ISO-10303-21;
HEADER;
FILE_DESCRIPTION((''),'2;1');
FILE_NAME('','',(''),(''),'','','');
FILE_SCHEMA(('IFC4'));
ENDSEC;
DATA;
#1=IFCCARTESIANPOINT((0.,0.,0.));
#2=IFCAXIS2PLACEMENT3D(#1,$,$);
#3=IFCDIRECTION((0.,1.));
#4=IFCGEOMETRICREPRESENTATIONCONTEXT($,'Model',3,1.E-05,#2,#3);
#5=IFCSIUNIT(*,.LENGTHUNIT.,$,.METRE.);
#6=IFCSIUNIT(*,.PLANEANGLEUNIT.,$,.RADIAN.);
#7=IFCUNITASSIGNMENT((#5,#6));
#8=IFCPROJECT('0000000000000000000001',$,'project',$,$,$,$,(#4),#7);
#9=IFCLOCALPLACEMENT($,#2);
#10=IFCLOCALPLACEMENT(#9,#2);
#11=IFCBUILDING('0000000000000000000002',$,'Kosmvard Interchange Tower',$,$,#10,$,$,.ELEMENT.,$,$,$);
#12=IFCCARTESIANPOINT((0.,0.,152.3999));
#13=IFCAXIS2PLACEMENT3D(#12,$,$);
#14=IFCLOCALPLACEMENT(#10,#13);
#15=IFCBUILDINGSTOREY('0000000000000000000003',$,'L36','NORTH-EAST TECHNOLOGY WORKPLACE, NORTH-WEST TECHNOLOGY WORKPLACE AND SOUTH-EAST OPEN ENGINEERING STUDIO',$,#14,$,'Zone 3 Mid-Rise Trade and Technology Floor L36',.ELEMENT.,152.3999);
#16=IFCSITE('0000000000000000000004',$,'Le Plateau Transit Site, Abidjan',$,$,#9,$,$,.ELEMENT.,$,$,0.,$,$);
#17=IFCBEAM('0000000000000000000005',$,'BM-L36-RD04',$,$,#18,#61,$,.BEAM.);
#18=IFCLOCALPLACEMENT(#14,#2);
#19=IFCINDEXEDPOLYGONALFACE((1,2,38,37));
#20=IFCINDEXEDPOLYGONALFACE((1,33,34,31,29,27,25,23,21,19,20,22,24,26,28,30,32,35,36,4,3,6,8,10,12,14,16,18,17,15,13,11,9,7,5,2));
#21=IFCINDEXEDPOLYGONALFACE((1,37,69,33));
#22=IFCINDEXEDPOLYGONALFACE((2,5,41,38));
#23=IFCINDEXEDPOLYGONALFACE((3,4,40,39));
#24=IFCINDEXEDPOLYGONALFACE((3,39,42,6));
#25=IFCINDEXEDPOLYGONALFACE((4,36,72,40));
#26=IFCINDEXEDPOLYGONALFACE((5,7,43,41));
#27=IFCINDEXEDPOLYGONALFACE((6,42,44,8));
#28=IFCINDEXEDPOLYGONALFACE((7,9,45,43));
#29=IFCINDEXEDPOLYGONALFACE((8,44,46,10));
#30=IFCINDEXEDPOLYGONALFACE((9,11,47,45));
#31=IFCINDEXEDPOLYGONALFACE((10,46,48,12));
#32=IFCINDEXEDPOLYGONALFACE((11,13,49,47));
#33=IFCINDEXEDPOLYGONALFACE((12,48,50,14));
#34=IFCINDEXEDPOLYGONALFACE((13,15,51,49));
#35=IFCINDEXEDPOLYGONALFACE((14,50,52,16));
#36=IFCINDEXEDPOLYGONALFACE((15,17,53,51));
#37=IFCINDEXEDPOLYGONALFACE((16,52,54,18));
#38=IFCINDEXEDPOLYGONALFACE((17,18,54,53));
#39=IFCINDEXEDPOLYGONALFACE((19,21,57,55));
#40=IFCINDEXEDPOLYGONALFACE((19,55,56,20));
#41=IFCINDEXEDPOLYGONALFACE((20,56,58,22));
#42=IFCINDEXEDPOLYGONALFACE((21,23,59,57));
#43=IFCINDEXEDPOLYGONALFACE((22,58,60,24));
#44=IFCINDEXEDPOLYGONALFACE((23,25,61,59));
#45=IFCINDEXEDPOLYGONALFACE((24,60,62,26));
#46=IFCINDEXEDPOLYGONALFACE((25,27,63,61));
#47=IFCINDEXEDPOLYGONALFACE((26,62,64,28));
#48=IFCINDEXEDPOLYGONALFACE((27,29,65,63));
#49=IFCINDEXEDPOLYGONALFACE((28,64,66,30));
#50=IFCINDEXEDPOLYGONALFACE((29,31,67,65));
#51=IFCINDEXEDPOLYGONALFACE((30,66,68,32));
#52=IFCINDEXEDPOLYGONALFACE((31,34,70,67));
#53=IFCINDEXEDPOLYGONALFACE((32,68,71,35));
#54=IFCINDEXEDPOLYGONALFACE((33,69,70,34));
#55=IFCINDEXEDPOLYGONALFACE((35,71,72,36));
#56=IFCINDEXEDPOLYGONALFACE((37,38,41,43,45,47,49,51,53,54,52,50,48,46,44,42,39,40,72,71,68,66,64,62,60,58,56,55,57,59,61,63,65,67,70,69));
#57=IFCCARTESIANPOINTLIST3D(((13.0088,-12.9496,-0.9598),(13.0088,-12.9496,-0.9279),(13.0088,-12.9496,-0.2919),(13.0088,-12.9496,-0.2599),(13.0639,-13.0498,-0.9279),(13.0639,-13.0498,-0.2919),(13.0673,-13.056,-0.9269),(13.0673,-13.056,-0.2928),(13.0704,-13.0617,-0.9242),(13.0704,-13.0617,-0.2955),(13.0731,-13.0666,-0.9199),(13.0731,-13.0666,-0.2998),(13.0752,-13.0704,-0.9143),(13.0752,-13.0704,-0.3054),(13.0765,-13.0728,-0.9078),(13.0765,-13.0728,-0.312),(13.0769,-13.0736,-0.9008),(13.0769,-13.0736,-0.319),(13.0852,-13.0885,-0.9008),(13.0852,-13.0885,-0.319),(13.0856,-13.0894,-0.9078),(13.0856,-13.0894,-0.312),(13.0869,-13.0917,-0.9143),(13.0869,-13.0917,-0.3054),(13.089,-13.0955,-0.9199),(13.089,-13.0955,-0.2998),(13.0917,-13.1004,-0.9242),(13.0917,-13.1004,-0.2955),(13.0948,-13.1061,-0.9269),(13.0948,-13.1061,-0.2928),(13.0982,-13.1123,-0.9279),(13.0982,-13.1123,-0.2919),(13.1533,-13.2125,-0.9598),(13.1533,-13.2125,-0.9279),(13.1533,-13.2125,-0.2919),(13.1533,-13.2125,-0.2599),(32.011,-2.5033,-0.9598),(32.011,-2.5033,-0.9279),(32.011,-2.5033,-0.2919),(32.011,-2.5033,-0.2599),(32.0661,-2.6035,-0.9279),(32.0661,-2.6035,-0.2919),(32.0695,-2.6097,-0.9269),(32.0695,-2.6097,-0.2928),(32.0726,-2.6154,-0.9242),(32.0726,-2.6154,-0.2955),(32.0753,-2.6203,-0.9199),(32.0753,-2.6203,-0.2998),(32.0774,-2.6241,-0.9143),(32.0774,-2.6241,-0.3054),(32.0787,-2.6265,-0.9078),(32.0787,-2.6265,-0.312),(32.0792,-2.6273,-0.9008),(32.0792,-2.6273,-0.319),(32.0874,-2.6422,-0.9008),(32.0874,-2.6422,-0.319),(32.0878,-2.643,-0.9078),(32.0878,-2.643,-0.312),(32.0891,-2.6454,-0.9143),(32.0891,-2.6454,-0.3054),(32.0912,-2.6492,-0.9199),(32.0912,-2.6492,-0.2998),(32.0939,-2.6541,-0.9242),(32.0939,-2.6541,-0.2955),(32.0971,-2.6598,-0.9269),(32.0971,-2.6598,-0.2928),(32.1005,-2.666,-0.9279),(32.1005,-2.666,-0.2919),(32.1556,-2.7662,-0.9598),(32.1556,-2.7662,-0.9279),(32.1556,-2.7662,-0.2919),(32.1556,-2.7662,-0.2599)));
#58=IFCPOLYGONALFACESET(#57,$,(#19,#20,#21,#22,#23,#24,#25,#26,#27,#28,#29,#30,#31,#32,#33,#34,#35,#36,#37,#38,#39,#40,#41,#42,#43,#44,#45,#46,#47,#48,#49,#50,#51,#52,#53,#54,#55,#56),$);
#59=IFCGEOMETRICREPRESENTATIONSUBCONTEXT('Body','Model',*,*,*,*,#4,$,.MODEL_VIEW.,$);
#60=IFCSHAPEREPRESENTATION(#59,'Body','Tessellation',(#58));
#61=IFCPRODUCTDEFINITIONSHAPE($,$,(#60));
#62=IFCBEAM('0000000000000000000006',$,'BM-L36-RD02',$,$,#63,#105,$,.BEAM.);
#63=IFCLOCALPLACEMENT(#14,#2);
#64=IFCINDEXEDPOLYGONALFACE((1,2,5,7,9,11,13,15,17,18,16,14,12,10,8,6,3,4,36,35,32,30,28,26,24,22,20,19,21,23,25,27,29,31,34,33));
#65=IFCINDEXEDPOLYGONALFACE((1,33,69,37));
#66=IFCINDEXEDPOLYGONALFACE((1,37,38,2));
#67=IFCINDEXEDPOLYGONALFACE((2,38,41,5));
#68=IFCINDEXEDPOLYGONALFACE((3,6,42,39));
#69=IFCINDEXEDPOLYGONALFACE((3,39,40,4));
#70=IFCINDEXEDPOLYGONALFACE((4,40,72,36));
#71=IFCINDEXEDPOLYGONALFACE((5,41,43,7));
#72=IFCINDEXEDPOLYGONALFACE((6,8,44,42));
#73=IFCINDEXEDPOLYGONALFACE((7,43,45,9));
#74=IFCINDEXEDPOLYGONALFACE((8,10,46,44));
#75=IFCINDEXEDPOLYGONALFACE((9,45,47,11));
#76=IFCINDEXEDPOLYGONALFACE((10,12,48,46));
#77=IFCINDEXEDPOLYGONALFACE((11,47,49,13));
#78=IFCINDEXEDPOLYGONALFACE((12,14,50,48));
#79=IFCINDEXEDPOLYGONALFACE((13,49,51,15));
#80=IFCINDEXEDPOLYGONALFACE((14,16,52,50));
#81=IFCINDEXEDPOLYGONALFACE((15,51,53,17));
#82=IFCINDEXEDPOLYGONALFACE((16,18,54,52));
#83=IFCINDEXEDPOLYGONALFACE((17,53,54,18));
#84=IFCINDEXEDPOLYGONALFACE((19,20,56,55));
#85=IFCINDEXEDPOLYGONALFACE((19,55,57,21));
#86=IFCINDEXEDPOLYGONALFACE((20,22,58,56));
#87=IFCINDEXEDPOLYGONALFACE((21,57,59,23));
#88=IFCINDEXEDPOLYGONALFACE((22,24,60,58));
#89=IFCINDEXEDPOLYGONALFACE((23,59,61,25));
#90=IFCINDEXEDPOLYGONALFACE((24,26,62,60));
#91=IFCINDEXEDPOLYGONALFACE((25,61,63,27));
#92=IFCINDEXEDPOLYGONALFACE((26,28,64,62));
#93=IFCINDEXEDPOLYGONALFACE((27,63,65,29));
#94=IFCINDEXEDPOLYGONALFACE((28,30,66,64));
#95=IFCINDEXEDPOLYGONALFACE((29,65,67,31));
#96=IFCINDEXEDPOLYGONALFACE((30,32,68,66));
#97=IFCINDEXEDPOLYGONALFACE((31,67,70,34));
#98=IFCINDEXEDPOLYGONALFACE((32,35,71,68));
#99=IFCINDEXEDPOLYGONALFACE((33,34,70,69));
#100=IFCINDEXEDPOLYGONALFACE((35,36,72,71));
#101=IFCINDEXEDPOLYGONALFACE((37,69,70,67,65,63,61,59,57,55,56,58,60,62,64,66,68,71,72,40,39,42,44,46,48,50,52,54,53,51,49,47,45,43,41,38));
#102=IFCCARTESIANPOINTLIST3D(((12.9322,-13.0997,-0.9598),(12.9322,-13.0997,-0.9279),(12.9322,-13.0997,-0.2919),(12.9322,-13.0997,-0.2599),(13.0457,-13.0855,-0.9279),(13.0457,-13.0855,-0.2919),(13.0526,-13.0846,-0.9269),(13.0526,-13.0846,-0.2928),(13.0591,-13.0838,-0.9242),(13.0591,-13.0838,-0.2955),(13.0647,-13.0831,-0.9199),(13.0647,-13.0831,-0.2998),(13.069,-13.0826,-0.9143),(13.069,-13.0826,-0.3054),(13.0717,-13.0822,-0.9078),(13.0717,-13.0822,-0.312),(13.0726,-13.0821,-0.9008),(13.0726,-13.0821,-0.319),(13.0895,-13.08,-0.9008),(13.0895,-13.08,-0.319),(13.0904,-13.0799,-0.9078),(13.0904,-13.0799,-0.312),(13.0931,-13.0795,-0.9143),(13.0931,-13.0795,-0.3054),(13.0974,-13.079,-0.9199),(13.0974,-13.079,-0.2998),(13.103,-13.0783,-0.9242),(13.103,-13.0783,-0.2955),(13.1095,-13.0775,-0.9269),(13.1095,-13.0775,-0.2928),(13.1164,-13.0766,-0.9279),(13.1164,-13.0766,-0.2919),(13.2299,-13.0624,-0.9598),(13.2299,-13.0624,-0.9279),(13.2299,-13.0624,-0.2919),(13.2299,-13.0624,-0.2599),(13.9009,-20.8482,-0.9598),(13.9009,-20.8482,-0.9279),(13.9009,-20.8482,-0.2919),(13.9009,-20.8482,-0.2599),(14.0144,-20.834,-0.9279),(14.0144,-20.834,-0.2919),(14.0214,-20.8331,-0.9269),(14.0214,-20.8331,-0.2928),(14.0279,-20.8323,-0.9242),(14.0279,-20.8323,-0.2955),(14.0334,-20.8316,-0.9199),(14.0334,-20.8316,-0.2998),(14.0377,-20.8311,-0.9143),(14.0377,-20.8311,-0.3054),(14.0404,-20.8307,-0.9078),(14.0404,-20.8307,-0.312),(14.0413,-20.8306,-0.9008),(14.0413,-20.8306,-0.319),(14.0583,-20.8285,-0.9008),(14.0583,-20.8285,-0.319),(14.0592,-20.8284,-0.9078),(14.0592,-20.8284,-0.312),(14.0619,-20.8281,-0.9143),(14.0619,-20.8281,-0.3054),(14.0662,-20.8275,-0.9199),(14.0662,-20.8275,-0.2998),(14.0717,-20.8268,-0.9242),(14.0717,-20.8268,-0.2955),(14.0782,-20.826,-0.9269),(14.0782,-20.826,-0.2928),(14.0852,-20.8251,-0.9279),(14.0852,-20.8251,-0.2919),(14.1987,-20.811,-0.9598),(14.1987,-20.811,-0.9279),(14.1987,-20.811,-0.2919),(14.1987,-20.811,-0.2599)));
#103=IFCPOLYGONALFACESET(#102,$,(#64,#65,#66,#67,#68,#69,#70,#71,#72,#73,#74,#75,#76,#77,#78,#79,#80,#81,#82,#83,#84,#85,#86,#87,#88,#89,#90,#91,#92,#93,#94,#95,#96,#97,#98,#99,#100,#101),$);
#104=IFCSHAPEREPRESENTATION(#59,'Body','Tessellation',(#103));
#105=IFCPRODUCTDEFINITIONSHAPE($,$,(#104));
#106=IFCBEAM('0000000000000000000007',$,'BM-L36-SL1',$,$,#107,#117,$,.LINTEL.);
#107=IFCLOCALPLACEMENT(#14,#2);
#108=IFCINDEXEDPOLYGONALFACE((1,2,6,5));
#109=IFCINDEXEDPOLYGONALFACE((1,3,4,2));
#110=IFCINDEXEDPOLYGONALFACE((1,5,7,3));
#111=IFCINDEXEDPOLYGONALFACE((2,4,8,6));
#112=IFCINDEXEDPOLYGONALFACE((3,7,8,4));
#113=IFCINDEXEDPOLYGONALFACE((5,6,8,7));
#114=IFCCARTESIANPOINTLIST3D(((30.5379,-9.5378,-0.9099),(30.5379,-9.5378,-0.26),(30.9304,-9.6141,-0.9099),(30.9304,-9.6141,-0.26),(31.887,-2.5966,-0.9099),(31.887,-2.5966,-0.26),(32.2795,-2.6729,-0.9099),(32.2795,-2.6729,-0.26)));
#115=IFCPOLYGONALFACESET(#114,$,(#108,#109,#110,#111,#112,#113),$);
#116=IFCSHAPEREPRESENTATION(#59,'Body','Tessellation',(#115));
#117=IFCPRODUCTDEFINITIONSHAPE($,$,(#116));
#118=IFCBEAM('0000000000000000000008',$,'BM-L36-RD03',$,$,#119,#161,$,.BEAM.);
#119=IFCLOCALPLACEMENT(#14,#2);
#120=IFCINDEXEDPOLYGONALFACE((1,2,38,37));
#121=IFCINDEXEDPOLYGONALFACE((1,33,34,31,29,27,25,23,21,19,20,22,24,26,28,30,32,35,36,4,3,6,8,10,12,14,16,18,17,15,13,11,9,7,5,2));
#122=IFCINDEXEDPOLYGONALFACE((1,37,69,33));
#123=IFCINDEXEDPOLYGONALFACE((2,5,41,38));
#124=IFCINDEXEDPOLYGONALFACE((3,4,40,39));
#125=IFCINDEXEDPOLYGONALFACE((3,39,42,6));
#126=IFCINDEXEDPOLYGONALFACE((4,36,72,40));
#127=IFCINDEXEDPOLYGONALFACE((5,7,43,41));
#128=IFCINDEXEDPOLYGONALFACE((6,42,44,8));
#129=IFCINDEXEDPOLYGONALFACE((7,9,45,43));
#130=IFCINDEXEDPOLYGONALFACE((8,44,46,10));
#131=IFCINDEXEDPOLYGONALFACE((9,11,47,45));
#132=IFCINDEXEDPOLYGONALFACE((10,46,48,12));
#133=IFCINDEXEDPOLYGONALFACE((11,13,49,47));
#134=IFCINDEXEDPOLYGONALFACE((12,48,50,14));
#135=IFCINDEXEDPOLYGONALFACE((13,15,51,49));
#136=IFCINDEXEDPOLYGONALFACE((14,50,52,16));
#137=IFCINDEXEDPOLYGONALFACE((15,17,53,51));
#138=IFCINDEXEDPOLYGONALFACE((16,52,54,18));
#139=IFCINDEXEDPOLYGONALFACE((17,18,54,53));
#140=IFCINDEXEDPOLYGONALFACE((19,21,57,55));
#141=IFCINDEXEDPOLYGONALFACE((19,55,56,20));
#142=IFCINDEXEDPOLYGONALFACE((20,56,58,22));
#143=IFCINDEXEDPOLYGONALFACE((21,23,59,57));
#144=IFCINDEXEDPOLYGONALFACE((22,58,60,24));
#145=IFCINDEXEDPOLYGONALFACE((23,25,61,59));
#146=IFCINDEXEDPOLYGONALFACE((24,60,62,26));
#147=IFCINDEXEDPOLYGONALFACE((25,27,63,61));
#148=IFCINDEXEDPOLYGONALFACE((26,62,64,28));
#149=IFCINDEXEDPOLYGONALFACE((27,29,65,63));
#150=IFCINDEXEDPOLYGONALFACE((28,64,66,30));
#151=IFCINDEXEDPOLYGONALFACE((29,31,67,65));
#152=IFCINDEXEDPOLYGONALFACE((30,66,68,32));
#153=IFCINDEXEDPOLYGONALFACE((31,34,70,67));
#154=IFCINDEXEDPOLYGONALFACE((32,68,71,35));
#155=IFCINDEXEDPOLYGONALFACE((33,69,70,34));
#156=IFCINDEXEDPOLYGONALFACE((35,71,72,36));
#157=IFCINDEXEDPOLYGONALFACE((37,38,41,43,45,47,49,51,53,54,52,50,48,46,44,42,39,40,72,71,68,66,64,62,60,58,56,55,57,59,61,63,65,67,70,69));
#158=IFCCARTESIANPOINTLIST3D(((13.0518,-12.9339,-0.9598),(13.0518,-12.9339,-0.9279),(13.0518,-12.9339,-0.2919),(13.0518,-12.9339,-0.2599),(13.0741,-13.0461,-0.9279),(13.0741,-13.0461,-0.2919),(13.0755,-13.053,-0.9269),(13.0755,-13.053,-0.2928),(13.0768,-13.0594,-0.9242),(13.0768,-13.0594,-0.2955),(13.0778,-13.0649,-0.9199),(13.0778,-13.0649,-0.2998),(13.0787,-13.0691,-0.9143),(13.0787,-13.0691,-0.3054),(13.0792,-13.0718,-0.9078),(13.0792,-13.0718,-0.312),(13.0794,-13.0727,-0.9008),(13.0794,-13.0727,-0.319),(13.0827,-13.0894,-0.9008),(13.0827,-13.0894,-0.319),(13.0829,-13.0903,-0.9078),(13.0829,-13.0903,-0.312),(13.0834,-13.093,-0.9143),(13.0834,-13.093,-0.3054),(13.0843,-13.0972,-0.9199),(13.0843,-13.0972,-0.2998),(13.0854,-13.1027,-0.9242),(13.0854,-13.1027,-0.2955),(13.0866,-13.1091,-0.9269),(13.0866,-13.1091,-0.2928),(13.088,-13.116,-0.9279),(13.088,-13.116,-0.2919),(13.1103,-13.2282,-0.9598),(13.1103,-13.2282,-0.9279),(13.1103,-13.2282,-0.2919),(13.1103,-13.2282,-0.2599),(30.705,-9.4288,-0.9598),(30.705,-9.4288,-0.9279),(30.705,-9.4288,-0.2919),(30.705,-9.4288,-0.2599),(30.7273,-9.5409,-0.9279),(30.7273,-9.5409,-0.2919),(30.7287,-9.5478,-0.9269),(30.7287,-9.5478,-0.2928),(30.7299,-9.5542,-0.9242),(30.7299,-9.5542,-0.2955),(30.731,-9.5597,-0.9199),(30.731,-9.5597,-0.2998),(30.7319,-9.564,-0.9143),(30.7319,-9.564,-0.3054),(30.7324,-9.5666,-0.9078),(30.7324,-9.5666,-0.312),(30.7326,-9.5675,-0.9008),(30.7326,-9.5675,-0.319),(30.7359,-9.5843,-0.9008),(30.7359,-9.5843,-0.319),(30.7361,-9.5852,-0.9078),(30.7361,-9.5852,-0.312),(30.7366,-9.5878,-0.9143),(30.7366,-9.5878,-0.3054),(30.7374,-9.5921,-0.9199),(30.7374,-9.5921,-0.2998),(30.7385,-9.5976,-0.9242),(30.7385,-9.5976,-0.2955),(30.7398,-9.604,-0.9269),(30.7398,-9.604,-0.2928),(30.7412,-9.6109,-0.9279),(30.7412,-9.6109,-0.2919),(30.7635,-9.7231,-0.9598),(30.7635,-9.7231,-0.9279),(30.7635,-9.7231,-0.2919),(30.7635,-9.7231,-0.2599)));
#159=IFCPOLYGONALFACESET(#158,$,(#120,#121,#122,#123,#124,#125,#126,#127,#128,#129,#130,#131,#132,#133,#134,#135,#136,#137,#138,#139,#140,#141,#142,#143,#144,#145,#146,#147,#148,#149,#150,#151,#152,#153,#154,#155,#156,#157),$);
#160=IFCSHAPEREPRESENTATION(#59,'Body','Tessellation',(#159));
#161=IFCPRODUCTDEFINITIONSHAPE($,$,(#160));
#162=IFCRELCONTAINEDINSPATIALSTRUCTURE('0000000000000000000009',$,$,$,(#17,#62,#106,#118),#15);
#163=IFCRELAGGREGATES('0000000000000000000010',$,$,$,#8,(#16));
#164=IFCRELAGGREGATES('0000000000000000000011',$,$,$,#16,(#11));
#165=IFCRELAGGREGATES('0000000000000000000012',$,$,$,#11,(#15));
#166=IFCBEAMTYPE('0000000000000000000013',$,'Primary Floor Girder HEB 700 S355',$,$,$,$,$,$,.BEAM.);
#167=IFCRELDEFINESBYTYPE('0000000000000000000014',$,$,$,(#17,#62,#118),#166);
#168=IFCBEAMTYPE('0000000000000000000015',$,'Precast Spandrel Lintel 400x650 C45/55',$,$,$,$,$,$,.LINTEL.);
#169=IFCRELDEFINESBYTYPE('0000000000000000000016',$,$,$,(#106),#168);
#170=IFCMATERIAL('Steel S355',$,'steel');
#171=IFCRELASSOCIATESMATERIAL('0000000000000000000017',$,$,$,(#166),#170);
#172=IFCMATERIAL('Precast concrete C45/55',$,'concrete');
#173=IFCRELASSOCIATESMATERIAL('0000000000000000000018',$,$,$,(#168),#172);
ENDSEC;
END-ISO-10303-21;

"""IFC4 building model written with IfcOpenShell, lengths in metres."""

from ifc_helpers import new_model, si_unit, direction, frame, origin, origin_2d, place, context, subcontext, project, spatial, rectangle, i_section, extrude, source, transform, mapped, material, material_profile, profile_set, type_object, element, save


model = new_model("IFC4")

# Units and contexts
model_context = context("Model", 3, precision=1e-05, world=origin(), true_north=direction((0.0, 1.0)))
body_context = subcontext(model_context, "Body", "Model", "MODEL_VIEW")
ifc_project = project(units=[si_unit("LENGTHUNIT", "METRE"), si_unit("PLANEANGLEUNIT", "RADIAN")], contexts=[model_context])

# Site, building, storey
site_placement = place(None, origin())
site = spatial("IfcSite", under=ifc_project, at=site_placement, Name="Le Plateau Transit Site, Abidjan", CompositionType="ELEMENT", RefElevation=0.0)
building_placement = place(site_placement, origin())
building = spatial("IfcBuilding", under=site, at=building_placement, Name="Kosmvard Interchange Tower", CompositionType="ELEMENT")
storey_placement = place(building_placement, frame((0.0, 0.0, 152.3999)))
storey = spatial("IfcBuildingStorey", under=building, at=storey_placement, Name="L36", Description="NORTH-EAST TECHNOLOGY WORKPLACE, NORTH-WEST TECHNOLOGY WORKPLACE AND SOUTH-EAST OPEN ENGINEERING STUDIO", LongName="Zone 3 Mid-Rise Trade and Technology Floor L36", CompositionType="ELEMENT", Elevation=152.3999)

# Beams
ifc_material_1 = material(Name="Steel S355", Category="steel")
ifc_material_profile_1 = material_profile(ifc_material_1, i_section(OverallWidth=0.3, OverallDepth=0.7, WebThickness=0.0171, FlangeThickness=0.032, FilletRadius=0.0271, at=origin_2d()), Name="HEB 700")
ifc_profile_set_1 = profile_set([ifc_material_profile_1], Name="Steel S355")
beam_type_1 = type_object("IfcBeamType", Name="Primary Floor Girder HEB 700 S355", PredefinedType="BEAM", material=ifc_profile_set_1)
shared_shape_1 = source(origin(), body_context, "Body", "SweptSolid", [
    extrude(i_section(OverallWidth=0.3, OverallDepth=0.7, WebThickness=0.0171, FlangeThickness=0.032, FilletRadius=0.0271, at=origin_2d()), origin(), (0.0, 0.0, 1.0), 21.6843),
])
beam_1_placement = place(storey_placement, frame((13.0811, -13.0811, -0.6099), z_axis=(0.876312, 0.481745, 0.0), x_axis=(-0.481745, 0.876312, 0.0)))
element("IfcBeam", 1, at=beam_1_placement, inside=storey, type_object=beam_type_1, Name="BM-L36-RD04", PredefinedType="BEAM", context=body_context, shape_type="MappedRepresentation", body=[
    mapped(shared_shape_1, transform((0.0, 0.0, 0.0), scale=1.0)),
])
shared_shape_2 = source(origin(), body_context, "Body", "SweptSolid", [
    extrude(i_section(OverallWidth=0.3, OverallDepth=0.7, WebThickness=0.0171, FlangeThickness=0.032, FilletRadius=0.0271, at=origin_2d()), origin(), (0.0, 0.0, 1.0), 7.8088),
])
beam_2_placement = place(storey_placement, frame((13.0811, -13.0811, -0.6099), z_axis=(0.124058, -0.992275, 0.0), x_axis=(0.992275, 0.124058, 0.0)))
element("IfcBeam", 2, at=beam_2_placement, inside=storey, type_object=beam_type_1, Name="BM-L36-RD02", PredefinedType="BEAM", context=body_context, shape_type="MappedRepresentation", body=[
    mapped(shared_shape_2, transform((0.0, 0.0, 0.0), scale=1.0)),
])
ifc_material_2 = material(Name="Precast concrete C45/55", Category="concrete")
ifc_material_profile_2 = material_profile(ifc_material_2, rectangle(XDim=0.3999, YDim=0.6499, at=origin_2d()), Name="SL 400x650")
ifc_profile_set_2 = profile_set([ifc_material_profile_2], Name="Precast concrete C45/55")
beam_type_2 = type_object("IfcBeamType", Name="Precast Spandrel Lintel 400x650 C45/55", PredefinedType="LINTEL", material=ifc_profile_set_2)
shared_shape_3 = source(origin(), body_context, "Body", "SweptSolid", [
    extrude(rectangle(XDim=0.3999, YDim=0.6499, at=origin_2d()), origin(), (0.0, 0.0, 1.0), 7.071),
])
beam_3_placement = place(storey_placement, frame((30.7341, -9.5759, -0.585), z_axis=(0.190795, 0.98163, 0.0), x_axis=(-0.98163, 0.190795, 0.0)))
element("IfcBeam", 3, at=beam_3_placement, inside=storey, type_object=beam_type_2, Name="BM-L36-SL1", PredefinedType="LINTEL", context=body_context, shape_type="MappedRepresentation", body=[
    mapped(shared_shape_3, transform((0.0, 0.0, 0.0), scale=1.0)),
])
shared_shape_4 = source(origin(), body_context, "Body", "SweptSolid", [
    extrude(i_section(OverallWidth=0.3, OverallDepth=0.7, WebThickness=0.0171, FlangeThickness=0.032, FilletRadius=0.0271, at=origin_2d()), origin(), (0.0, 0.0, 1.0), 17.9978),
])
beam_4_placement = place(storey_placement, frame((13.0811, -13.0811, -0.6099), z_axis=(0.980852, 0.194754, 0.0), x_axis=(-0.194754, 0.980852, 0.0)))
element("IfcBeam", 4, at=beam_4_placement, inside=storey, type_object=beam_type_1, Name="BM-L36-RD03", PredefinedType="BEAM", context=body_context, shape_type="MappedRepresentation", body=[
    mapped(shared_shape_4, transform((0.0, 0.0, 0.0), scale=1.0)),
])

save(model, "model.ifc")
